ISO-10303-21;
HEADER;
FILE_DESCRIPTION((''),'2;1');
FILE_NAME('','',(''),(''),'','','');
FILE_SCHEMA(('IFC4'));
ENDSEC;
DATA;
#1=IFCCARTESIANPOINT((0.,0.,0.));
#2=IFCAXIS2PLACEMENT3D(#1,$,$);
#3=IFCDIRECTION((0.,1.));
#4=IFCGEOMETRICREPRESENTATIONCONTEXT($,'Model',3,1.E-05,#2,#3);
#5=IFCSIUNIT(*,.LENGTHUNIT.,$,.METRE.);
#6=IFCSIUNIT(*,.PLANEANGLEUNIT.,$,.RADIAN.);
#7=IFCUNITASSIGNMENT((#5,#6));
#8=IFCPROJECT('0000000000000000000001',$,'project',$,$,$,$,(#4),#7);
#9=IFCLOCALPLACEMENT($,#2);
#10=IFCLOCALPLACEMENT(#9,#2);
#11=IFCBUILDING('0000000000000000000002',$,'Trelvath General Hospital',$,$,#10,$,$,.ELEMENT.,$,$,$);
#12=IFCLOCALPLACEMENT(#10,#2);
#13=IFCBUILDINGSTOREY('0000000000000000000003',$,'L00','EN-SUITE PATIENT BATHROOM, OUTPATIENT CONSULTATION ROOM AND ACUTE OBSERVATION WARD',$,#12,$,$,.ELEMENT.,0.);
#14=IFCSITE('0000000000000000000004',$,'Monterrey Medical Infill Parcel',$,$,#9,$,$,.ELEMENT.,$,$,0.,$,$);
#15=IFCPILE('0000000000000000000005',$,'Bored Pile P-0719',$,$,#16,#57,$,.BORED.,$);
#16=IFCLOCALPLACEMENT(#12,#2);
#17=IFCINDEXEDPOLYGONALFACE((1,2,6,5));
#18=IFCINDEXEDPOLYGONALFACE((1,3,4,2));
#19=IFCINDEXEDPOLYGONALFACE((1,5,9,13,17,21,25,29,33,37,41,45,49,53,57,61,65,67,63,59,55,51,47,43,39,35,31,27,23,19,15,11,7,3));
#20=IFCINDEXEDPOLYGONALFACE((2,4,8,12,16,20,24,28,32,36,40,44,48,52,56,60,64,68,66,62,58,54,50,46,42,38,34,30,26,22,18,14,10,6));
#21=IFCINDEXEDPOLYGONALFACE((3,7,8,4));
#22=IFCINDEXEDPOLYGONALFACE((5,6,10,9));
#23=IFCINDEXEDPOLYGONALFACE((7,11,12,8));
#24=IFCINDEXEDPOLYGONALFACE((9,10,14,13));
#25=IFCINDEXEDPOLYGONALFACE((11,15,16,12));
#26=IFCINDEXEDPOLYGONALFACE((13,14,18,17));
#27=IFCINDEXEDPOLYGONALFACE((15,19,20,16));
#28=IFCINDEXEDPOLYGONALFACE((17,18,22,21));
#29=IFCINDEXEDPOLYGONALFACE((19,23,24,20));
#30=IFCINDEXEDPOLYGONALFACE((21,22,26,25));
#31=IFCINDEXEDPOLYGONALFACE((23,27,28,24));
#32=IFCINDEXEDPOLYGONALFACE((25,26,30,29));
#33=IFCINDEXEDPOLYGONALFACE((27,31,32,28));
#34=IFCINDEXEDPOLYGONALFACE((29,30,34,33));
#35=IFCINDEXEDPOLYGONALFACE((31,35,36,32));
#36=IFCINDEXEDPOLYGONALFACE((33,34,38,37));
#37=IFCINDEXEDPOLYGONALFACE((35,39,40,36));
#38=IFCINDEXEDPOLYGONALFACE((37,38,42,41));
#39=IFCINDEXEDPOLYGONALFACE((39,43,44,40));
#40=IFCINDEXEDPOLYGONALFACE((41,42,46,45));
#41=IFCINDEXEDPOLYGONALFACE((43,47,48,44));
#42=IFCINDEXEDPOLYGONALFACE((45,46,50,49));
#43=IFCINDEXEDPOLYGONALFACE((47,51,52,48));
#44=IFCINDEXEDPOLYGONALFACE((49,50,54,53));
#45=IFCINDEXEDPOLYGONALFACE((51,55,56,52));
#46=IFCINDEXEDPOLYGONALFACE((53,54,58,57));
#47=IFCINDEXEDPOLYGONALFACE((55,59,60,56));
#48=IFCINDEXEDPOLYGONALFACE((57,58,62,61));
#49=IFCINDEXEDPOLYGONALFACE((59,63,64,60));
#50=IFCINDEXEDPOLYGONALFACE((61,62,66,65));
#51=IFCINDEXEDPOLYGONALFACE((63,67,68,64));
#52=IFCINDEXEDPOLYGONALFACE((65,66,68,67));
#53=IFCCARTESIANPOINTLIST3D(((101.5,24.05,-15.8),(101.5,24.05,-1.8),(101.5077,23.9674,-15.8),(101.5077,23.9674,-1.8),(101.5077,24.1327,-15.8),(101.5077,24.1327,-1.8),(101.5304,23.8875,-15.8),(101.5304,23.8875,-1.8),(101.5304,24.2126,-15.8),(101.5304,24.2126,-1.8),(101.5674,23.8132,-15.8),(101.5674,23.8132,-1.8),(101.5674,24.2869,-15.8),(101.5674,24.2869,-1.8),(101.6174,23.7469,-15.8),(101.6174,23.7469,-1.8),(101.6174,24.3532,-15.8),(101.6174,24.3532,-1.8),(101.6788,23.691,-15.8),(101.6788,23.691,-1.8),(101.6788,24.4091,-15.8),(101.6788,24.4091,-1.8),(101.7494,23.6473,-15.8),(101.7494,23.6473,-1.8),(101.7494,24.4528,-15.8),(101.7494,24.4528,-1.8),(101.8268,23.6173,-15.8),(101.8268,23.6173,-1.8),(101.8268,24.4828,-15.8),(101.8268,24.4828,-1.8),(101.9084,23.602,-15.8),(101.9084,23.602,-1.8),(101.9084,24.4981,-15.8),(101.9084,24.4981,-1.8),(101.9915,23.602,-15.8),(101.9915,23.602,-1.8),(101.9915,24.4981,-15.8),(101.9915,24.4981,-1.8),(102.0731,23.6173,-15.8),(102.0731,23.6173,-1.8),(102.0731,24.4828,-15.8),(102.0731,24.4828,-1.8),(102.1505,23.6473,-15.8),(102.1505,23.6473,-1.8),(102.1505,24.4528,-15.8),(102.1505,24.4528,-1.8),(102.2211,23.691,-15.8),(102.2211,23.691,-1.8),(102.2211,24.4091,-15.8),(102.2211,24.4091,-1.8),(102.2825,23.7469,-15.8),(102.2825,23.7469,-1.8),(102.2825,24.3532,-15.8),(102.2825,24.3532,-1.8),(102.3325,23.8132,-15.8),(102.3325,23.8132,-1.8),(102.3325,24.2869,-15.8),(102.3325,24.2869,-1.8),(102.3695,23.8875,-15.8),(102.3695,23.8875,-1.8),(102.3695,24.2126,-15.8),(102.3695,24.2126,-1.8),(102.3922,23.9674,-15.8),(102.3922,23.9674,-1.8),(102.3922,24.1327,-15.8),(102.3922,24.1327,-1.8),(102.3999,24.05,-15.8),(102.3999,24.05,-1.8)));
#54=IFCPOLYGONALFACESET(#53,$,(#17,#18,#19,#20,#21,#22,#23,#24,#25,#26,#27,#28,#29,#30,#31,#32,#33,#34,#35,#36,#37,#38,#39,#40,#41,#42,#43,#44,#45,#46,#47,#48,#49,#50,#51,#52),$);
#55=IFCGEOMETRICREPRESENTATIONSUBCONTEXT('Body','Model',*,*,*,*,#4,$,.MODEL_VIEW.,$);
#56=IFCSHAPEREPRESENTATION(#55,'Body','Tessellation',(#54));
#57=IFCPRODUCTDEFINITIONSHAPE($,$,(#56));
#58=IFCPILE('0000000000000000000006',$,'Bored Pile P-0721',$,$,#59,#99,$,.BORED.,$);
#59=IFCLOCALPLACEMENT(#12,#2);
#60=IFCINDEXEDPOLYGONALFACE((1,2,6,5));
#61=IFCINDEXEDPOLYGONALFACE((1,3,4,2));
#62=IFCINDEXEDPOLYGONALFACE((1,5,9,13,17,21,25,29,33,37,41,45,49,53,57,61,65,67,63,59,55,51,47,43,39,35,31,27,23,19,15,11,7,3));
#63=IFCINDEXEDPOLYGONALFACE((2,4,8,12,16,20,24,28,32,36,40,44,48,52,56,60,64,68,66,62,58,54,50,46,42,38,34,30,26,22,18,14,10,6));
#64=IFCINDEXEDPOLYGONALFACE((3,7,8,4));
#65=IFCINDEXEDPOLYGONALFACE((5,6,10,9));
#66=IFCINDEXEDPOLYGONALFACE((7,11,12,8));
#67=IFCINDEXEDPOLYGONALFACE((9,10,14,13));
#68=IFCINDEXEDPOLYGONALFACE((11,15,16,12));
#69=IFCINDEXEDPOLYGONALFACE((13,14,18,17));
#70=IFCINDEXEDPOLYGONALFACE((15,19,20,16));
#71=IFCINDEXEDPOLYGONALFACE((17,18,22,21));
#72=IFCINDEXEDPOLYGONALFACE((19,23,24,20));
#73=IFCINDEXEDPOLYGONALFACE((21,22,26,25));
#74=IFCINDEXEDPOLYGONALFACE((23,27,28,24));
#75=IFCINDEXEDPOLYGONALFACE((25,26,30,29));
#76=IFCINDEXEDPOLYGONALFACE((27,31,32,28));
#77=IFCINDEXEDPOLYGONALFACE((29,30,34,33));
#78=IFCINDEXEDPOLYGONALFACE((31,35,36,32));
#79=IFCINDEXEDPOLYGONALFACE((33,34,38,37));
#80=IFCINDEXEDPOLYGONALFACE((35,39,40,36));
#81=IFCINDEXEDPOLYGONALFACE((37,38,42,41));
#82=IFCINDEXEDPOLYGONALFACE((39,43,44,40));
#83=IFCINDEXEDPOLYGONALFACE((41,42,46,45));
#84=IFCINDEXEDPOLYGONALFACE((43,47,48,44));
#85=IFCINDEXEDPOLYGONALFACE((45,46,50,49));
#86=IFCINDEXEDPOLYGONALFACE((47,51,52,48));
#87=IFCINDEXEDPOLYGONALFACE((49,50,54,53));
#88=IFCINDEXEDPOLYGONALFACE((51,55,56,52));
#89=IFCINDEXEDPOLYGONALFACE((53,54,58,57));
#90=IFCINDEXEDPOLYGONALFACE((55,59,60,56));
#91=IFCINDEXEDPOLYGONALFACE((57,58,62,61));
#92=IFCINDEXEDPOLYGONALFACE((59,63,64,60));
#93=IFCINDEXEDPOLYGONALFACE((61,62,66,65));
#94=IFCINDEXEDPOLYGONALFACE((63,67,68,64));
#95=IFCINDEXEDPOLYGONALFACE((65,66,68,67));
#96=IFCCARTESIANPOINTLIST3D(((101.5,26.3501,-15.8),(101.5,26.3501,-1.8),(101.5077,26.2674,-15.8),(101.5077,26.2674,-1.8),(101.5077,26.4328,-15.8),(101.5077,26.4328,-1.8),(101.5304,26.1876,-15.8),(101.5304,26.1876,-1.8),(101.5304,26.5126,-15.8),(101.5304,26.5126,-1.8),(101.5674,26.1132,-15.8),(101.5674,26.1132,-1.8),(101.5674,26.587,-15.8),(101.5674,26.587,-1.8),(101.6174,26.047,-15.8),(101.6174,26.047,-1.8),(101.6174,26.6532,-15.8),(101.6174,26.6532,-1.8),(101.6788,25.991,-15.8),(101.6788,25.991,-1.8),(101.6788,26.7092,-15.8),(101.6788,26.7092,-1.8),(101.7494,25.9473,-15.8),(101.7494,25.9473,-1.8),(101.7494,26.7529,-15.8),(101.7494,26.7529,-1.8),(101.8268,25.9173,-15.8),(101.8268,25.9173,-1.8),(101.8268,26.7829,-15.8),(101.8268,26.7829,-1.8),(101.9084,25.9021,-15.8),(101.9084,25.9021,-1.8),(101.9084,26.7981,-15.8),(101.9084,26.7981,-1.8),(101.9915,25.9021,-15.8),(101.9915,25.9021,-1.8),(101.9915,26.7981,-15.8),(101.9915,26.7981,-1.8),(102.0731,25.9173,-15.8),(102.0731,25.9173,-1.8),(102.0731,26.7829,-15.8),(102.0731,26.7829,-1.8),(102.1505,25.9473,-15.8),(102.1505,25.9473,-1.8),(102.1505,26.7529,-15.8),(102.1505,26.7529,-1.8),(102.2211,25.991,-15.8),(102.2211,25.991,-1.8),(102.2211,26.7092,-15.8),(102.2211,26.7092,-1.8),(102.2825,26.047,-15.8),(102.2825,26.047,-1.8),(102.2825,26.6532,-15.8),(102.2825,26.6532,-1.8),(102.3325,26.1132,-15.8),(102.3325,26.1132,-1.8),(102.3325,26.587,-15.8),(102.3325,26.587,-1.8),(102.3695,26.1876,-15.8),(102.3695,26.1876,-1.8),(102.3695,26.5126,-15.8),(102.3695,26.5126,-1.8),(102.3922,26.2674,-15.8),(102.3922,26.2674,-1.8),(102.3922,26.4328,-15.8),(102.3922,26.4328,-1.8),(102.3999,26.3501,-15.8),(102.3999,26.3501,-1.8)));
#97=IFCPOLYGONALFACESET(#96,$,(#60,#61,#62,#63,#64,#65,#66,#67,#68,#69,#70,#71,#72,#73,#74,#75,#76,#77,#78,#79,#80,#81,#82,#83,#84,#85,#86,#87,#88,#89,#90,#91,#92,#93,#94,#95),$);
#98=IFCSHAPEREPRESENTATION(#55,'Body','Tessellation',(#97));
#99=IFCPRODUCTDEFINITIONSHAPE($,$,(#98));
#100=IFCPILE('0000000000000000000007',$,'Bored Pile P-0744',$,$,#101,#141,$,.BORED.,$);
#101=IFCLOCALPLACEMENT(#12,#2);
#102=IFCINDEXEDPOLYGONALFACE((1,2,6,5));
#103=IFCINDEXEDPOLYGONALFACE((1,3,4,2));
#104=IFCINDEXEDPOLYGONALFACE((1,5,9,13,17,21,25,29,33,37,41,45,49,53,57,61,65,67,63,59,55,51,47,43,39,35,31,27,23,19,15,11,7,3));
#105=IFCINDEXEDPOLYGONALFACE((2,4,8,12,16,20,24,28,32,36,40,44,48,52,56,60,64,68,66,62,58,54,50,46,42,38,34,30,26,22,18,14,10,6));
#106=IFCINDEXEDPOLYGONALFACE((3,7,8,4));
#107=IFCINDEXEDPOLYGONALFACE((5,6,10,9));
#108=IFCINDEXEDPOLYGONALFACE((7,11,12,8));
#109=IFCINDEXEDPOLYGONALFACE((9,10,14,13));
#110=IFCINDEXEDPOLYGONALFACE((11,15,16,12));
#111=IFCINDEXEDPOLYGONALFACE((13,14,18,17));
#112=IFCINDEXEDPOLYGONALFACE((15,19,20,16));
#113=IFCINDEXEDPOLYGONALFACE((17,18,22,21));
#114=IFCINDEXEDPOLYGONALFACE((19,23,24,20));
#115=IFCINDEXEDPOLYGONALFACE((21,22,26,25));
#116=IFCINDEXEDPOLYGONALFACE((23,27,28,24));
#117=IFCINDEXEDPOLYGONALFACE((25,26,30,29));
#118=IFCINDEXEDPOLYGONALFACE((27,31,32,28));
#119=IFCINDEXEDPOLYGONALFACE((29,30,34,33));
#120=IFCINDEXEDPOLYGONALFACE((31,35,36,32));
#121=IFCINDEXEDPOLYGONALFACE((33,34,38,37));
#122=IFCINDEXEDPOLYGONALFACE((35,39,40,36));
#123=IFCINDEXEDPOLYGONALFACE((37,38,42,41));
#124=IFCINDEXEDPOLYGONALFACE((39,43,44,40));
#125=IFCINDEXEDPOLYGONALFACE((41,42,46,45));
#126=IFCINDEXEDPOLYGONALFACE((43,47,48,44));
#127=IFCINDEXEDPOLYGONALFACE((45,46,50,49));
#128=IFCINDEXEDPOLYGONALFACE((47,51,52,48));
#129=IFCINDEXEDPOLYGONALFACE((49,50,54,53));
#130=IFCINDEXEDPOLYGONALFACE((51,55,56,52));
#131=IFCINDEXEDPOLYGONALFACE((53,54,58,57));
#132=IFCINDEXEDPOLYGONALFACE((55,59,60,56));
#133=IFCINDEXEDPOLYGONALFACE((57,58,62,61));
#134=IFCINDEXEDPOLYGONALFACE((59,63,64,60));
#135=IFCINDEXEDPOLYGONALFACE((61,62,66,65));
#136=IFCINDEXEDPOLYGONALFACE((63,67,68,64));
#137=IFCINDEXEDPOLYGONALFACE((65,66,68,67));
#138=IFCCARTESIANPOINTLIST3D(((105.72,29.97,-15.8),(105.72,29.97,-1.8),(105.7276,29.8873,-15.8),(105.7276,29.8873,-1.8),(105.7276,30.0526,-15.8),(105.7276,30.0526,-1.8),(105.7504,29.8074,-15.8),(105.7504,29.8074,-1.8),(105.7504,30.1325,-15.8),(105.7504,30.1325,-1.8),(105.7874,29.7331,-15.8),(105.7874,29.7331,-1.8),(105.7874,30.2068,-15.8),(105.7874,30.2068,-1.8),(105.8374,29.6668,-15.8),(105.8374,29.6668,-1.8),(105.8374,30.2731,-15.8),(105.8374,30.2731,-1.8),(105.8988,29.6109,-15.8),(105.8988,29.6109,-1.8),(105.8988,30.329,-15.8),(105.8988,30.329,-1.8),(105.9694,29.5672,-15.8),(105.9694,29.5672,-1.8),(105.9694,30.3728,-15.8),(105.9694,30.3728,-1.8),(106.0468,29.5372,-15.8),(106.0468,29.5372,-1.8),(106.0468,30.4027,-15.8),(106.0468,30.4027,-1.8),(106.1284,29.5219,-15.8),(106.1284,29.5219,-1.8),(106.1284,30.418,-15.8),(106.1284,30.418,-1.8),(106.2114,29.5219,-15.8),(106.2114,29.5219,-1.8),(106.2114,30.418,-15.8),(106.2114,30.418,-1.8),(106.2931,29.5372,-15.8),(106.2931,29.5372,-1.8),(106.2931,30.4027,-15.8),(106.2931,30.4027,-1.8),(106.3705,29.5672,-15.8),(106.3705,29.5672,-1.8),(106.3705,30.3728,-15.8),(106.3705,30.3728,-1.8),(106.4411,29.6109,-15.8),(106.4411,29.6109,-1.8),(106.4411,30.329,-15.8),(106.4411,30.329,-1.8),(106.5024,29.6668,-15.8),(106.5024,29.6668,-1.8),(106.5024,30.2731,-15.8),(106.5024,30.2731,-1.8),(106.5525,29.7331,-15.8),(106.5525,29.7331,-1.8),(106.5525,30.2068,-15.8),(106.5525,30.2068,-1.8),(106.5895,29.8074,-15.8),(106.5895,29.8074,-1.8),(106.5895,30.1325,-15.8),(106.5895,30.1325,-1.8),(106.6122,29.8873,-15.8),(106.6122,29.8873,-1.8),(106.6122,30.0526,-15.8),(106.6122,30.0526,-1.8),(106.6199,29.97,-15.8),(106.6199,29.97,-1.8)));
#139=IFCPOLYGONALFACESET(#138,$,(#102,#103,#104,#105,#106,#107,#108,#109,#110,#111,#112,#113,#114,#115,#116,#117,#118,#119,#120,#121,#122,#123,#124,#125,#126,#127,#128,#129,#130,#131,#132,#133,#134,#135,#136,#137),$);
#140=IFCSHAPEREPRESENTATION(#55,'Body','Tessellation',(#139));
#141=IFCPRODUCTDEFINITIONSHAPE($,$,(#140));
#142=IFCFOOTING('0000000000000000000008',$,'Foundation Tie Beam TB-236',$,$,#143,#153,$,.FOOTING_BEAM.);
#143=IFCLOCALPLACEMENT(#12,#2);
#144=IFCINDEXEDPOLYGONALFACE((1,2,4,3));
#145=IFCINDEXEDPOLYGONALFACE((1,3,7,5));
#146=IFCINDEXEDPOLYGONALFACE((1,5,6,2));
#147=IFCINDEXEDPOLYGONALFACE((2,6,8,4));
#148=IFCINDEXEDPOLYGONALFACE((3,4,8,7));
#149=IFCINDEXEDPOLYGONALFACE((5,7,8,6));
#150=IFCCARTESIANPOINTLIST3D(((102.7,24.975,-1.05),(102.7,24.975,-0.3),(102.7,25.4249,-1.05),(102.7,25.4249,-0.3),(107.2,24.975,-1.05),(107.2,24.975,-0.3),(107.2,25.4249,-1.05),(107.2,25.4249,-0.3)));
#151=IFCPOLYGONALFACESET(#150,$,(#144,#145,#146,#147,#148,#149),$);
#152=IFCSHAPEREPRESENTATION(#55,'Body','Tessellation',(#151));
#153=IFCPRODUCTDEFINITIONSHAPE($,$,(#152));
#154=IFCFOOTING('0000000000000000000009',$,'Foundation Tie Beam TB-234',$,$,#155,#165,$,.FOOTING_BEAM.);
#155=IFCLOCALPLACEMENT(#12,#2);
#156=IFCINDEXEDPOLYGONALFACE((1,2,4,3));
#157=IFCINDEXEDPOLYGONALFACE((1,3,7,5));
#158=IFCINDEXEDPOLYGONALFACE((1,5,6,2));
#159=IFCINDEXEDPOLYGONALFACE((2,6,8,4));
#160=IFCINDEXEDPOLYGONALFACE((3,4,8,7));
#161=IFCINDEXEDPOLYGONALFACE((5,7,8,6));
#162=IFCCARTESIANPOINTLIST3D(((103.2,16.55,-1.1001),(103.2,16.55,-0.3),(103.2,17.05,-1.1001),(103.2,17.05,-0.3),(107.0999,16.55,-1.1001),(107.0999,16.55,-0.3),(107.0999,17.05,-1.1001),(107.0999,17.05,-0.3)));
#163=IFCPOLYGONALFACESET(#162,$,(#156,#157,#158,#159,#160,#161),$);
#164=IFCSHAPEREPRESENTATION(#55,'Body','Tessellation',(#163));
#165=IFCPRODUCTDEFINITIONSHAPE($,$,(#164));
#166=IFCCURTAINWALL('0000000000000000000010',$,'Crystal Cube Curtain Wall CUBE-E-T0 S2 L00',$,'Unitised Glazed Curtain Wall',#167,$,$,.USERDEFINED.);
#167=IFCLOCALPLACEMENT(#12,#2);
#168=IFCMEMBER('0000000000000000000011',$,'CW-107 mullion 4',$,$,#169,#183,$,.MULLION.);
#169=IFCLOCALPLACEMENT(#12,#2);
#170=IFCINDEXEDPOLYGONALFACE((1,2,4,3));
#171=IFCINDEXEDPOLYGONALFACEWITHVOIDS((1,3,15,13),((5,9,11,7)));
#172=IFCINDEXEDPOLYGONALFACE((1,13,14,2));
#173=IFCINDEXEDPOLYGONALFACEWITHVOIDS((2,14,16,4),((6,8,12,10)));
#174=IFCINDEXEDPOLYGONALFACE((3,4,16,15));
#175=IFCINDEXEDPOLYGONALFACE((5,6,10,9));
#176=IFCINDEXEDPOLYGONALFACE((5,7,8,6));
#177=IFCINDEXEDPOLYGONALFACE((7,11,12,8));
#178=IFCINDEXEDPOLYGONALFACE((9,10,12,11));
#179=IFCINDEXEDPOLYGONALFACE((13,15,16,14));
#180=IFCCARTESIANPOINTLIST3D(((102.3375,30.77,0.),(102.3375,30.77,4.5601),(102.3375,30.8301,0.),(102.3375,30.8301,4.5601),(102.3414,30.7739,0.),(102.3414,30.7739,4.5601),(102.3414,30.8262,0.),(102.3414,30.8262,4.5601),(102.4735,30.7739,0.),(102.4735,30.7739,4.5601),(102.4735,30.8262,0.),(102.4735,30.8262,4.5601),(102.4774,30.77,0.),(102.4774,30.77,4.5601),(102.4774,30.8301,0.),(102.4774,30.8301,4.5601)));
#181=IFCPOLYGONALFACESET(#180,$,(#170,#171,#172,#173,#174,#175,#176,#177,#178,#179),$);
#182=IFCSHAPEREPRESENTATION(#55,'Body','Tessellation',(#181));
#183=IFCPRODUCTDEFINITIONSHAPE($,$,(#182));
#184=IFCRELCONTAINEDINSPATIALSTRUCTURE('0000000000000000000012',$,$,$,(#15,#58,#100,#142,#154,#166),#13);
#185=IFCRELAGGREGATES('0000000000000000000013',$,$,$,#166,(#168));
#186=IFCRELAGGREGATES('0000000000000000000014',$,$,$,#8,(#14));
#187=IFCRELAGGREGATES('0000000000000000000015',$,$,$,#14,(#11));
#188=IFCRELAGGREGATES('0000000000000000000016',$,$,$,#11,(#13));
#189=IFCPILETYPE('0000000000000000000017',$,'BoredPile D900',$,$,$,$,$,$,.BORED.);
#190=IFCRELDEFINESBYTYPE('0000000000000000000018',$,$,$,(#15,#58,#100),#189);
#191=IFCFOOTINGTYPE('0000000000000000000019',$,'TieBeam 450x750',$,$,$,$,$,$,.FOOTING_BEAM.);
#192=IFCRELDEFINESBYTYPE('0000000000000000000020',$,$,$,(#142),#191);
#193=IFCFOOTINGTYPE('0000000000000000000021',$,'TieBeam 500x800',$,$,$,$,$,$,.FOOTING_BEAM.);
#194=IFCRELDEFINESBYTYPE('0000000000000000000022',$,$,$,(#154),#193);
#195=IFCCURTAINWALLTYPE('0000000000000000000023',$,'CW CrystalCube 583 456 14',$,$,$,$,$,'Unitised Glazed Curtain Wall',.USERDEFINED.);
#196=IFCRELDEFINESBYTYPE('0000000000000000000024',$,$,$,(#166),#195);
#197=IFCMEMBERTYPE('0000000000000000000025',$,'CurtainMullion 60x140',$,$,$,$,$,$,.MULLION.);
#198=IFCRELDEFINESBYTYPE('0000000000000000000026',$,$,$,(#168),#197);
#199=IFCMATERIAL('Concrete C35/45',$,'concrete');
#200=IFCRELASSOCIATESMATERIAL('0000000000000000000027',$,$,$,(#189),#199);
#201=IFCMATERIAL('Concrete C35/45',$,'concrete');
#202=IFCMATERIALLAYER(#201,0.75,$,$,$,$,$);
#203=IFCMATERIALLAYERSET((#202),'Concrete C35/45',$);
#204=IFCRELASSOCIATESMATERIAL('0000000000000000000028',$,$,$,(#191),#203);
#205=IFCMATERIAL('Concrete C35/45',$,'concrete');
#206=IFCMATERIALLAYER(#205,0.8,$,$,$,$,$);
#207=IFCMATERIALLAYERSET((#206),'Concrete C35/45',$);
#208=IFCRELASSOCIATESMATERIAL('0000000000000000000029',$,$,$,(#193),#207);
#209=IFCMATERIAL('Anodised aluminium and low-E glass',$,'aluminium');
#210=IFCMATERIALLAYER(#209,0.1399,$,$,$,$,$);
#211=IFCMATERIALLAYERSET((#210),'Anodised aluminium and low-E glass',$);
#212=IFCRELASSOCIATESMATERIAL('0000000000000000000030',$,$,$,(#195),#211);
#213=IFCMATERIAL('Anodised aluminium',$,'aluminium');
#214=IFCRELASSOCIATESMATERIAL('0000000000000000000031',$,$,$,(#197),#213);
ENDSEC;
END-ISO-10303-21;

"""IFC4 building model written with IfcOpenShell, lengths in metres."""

from ifc_helpers import new_model, si_unit, direction, frame, origin, origin_2d, place, context, subcontext, project, spatial, rectangle, hollow_rectangle, circle, extrude, material, layer, layer_set, material_profile, profile_set, type_object, element, aggregate, save


model = new_model("IFC4")

# Units and contexts
model_context = context("Model", 3, precision=1e-05, world=origin(), true_north=direction((0.0, 1.0)))
body_context = subcontext(model_context, "Body", "Model", "MODEL_VIEW")
ifc_project = project(units=[si_unit("LENGTHUNIT", "METRE"), si_unit("PLANEANGLEUNIT", "RADIAN")], contexts=[model_context])

# Site, building, storey
site_placement = place(None, origin())
site = spatial("IfcSite", under=ifc_project, at=site_placement, Name="Monterrey Medical Infill Parcel", CompositionType="ELEMENT", RefElevation=0.0)
building_placement = place(site_placement, origin())
building = spatial("IfcBuilding", under=site, at=building_placement, Name="Trelvath General Hospital", CompositionType="ELEMENT")
storey_placement = place(building_placement, origin())
storey = spatial("IfcBuildingStorey", under=building, at=storey_placement, Name="L00", Description="EN-SUITE PATIENT BATHROOM, OUTPATIENT CONSULTATION ROOM AND ACUTE OBSERVATION WARD", CompositionType="ELEMENT", Elevation=0.0)

# Piles
ifc_material_1 = material(Name="Concrete C35/45", Category="concrete")
ifc_material_profile_1 = material_profile(ifc_material_1, circle(Radius=0.45, at=origin_2d()), Name="PILE900")
ifc_profile_set_1 = profile_set([ifc_material_profile_1], Name="Concrete C35/45")
pile_type_1 = type_object("IfcPileType", Name="BoredPile D900", PredefinedType="BORED", material=ifc_profile_set_1)
for number, where, z_axis, x_axis, name in (
    (1, (101.95, 24.05, -1.8), (0.0, 0.0, -1.0), (1.0, 0.0, 0.0), "Bored Pile P-0719"),
    (2, (101.95, 26.3501, -1.8), (0.0, 0.0, -1.0), (1.0, 0.0, 0.0), "Bored Pile P-0721"),
    (3, (106.1699, 29.97, -1.8), (0.0, 0.0, -1.0), (1.0, 0.0, 0.0), "Bored Pile P-0744"),
):
    element("IfcPile", number, at=place(storey_placement, frame(where, z_axis=z_axis, x_axis=x_axis)), inside=storey, type_object=pile_type_1, Name=name, PredefinedType="BORED", context=body_context, shape_type="SweptSolid", body=[
        extrude(circle(Radius=0.45, at=origin_2d()), origin(), (0.0, 0.0, 1.0), 14.0),
    ])

# Footings
ifc_material_2 = material(Name="Concrete C35/45", Category="concrete")
ifc_layer_1 = layer(ifc_material_2, 0.75)
ifc_layer_set_1 = layer_set([ifc_layer_1], Name="Concrete C35/45")
footing_type_1 = type_object("IfcFootingType", Name="TieBeam 450x750", PredefinedType="FOOTING_BEAM", material=ifc_layer_set_1)
footing_1_placement = place(storey_placement, frame((104.95, 25.2, -1.05), z_axis=(0.0, 0.0, 1.0), x_axis=(1.0, 0.0, 0.0)))
element("IfcFooting", 4, at=footing_1_placement, inside=storey, type_object=footing_type_1, Name="Foundation Tie Beam TB-236", PredefinedType="FOOTING_BEAM", context=body_context, shape_type="SweptSolid", body=[
    extrude(rectangle(XDim=4.5, YDim=0.45, at=origin_2d()), origin(), (0.0, 0.0, 1.0), 0.75),
])
ifc_material_3 = material(Name="Concrete C35/45", Category="concrete")
ifc_layer_2 = layer(ifc_material_3, 0.8)
ifc_layer_set_2 = layer_set([ifc_layer_2], Name="Concrete C35/45")
footing_type_2 = type_object("IfcFootingType", Name="TieBeam 500x800", PredefinedType="FOOTING_BEAM", material=ifc_layer_set_2)
footing_2_placement = place(storey_placement, frame((105.1499, 16.8, -1.1001), z_axis=(0.0, 0.0, 1.0), x_axis=(1.0, 0.0, 0.0)))
element("IfcFooting", 5, at=footing_2_placement, inside=storey, type_object=footing_type_2, Name="Foundation Tie Beam TB-234", PredefinedType="FOOTING_BEAM", context=body_context, shape_type="SweptSolid", body=[
    extrude(rectangle(XDim=3.8999, YDim=0.5, at=origin_2d()), origin(), (0.0, 0.0, 1.0), 0.8),
])

# Curtain wall, member
ifc_material_4 = material(Name="Anodised aluminium and low-E glass", Category="aluminium")
ifc_layer_3 = layer(ifc_material_4, 0.1399)
ifc_layer_set_3 = layer_set([ifc_layer_3], Name="Anodised aluminium and low-E glass")
curtain_wall_type = type_object("IfcCurtainWallType", Name="CW CrystalCube 583 456 14", ElementType="Unitised Glazed Curtain Wall", PredefinedType="USERDEFINED", material=ifc_layer_set_3)
curtain_wall_placement = place(storey_placement, origin())
curtain_wall = element("IfcCurtainWall", 6, at=curtain_wall_placement, inside=storey, type_object=curtain_wall_type, Name="Crystal Cube Curtain Wall CUBE-E-T0 S2 L00", ObjectType="Unitised Glazed Curtain Wall", PredefinedType="USERDEFINED")
ifc_material_5 = material(Name="Anodised aluminium", Category="aluminium")
ifc_material_profile_2 = material_profile(ifc_material_5, hollow_rectangle(XDim=0.0601, YDim=0.1399, WallThickness=0.0039, at=origin_2d()), Name="RHS60x140x4")
ifc_profile_set_2 = profile_set([ifc_material_profile_2], Name="Anodised aluminium")
member_type_1 = type_object("IfcMemberType", Name="CurtainMullion 60x140", PredefinedType="MULLION", material=ifc_profile_set_2)
member_1_placement = place(storey_placement, frame((102.4075, 30.8, 0.0), z_axis=(0.0, 0.0, 1.0), x_axis=(0.0, -1.0, 0.0)))
member_1 = element("IfcMember", 7, at=member_1_placement, type_object=member_type_1, Name="CW-107 mullion 4", PredefinedType="MULLION", context=body_context, shape_type="SweptSolid", body=[
    extrude(hollow_rectangle(XDim=0.0601, YDim=0.1399, WallThickness=0.0039, at=origin_2d()), origin(), (0.0, 0.0, 1.0), 4.5601),
])
aggregate(curtain_wall, [member_1])

save(model, "model.ifc")
